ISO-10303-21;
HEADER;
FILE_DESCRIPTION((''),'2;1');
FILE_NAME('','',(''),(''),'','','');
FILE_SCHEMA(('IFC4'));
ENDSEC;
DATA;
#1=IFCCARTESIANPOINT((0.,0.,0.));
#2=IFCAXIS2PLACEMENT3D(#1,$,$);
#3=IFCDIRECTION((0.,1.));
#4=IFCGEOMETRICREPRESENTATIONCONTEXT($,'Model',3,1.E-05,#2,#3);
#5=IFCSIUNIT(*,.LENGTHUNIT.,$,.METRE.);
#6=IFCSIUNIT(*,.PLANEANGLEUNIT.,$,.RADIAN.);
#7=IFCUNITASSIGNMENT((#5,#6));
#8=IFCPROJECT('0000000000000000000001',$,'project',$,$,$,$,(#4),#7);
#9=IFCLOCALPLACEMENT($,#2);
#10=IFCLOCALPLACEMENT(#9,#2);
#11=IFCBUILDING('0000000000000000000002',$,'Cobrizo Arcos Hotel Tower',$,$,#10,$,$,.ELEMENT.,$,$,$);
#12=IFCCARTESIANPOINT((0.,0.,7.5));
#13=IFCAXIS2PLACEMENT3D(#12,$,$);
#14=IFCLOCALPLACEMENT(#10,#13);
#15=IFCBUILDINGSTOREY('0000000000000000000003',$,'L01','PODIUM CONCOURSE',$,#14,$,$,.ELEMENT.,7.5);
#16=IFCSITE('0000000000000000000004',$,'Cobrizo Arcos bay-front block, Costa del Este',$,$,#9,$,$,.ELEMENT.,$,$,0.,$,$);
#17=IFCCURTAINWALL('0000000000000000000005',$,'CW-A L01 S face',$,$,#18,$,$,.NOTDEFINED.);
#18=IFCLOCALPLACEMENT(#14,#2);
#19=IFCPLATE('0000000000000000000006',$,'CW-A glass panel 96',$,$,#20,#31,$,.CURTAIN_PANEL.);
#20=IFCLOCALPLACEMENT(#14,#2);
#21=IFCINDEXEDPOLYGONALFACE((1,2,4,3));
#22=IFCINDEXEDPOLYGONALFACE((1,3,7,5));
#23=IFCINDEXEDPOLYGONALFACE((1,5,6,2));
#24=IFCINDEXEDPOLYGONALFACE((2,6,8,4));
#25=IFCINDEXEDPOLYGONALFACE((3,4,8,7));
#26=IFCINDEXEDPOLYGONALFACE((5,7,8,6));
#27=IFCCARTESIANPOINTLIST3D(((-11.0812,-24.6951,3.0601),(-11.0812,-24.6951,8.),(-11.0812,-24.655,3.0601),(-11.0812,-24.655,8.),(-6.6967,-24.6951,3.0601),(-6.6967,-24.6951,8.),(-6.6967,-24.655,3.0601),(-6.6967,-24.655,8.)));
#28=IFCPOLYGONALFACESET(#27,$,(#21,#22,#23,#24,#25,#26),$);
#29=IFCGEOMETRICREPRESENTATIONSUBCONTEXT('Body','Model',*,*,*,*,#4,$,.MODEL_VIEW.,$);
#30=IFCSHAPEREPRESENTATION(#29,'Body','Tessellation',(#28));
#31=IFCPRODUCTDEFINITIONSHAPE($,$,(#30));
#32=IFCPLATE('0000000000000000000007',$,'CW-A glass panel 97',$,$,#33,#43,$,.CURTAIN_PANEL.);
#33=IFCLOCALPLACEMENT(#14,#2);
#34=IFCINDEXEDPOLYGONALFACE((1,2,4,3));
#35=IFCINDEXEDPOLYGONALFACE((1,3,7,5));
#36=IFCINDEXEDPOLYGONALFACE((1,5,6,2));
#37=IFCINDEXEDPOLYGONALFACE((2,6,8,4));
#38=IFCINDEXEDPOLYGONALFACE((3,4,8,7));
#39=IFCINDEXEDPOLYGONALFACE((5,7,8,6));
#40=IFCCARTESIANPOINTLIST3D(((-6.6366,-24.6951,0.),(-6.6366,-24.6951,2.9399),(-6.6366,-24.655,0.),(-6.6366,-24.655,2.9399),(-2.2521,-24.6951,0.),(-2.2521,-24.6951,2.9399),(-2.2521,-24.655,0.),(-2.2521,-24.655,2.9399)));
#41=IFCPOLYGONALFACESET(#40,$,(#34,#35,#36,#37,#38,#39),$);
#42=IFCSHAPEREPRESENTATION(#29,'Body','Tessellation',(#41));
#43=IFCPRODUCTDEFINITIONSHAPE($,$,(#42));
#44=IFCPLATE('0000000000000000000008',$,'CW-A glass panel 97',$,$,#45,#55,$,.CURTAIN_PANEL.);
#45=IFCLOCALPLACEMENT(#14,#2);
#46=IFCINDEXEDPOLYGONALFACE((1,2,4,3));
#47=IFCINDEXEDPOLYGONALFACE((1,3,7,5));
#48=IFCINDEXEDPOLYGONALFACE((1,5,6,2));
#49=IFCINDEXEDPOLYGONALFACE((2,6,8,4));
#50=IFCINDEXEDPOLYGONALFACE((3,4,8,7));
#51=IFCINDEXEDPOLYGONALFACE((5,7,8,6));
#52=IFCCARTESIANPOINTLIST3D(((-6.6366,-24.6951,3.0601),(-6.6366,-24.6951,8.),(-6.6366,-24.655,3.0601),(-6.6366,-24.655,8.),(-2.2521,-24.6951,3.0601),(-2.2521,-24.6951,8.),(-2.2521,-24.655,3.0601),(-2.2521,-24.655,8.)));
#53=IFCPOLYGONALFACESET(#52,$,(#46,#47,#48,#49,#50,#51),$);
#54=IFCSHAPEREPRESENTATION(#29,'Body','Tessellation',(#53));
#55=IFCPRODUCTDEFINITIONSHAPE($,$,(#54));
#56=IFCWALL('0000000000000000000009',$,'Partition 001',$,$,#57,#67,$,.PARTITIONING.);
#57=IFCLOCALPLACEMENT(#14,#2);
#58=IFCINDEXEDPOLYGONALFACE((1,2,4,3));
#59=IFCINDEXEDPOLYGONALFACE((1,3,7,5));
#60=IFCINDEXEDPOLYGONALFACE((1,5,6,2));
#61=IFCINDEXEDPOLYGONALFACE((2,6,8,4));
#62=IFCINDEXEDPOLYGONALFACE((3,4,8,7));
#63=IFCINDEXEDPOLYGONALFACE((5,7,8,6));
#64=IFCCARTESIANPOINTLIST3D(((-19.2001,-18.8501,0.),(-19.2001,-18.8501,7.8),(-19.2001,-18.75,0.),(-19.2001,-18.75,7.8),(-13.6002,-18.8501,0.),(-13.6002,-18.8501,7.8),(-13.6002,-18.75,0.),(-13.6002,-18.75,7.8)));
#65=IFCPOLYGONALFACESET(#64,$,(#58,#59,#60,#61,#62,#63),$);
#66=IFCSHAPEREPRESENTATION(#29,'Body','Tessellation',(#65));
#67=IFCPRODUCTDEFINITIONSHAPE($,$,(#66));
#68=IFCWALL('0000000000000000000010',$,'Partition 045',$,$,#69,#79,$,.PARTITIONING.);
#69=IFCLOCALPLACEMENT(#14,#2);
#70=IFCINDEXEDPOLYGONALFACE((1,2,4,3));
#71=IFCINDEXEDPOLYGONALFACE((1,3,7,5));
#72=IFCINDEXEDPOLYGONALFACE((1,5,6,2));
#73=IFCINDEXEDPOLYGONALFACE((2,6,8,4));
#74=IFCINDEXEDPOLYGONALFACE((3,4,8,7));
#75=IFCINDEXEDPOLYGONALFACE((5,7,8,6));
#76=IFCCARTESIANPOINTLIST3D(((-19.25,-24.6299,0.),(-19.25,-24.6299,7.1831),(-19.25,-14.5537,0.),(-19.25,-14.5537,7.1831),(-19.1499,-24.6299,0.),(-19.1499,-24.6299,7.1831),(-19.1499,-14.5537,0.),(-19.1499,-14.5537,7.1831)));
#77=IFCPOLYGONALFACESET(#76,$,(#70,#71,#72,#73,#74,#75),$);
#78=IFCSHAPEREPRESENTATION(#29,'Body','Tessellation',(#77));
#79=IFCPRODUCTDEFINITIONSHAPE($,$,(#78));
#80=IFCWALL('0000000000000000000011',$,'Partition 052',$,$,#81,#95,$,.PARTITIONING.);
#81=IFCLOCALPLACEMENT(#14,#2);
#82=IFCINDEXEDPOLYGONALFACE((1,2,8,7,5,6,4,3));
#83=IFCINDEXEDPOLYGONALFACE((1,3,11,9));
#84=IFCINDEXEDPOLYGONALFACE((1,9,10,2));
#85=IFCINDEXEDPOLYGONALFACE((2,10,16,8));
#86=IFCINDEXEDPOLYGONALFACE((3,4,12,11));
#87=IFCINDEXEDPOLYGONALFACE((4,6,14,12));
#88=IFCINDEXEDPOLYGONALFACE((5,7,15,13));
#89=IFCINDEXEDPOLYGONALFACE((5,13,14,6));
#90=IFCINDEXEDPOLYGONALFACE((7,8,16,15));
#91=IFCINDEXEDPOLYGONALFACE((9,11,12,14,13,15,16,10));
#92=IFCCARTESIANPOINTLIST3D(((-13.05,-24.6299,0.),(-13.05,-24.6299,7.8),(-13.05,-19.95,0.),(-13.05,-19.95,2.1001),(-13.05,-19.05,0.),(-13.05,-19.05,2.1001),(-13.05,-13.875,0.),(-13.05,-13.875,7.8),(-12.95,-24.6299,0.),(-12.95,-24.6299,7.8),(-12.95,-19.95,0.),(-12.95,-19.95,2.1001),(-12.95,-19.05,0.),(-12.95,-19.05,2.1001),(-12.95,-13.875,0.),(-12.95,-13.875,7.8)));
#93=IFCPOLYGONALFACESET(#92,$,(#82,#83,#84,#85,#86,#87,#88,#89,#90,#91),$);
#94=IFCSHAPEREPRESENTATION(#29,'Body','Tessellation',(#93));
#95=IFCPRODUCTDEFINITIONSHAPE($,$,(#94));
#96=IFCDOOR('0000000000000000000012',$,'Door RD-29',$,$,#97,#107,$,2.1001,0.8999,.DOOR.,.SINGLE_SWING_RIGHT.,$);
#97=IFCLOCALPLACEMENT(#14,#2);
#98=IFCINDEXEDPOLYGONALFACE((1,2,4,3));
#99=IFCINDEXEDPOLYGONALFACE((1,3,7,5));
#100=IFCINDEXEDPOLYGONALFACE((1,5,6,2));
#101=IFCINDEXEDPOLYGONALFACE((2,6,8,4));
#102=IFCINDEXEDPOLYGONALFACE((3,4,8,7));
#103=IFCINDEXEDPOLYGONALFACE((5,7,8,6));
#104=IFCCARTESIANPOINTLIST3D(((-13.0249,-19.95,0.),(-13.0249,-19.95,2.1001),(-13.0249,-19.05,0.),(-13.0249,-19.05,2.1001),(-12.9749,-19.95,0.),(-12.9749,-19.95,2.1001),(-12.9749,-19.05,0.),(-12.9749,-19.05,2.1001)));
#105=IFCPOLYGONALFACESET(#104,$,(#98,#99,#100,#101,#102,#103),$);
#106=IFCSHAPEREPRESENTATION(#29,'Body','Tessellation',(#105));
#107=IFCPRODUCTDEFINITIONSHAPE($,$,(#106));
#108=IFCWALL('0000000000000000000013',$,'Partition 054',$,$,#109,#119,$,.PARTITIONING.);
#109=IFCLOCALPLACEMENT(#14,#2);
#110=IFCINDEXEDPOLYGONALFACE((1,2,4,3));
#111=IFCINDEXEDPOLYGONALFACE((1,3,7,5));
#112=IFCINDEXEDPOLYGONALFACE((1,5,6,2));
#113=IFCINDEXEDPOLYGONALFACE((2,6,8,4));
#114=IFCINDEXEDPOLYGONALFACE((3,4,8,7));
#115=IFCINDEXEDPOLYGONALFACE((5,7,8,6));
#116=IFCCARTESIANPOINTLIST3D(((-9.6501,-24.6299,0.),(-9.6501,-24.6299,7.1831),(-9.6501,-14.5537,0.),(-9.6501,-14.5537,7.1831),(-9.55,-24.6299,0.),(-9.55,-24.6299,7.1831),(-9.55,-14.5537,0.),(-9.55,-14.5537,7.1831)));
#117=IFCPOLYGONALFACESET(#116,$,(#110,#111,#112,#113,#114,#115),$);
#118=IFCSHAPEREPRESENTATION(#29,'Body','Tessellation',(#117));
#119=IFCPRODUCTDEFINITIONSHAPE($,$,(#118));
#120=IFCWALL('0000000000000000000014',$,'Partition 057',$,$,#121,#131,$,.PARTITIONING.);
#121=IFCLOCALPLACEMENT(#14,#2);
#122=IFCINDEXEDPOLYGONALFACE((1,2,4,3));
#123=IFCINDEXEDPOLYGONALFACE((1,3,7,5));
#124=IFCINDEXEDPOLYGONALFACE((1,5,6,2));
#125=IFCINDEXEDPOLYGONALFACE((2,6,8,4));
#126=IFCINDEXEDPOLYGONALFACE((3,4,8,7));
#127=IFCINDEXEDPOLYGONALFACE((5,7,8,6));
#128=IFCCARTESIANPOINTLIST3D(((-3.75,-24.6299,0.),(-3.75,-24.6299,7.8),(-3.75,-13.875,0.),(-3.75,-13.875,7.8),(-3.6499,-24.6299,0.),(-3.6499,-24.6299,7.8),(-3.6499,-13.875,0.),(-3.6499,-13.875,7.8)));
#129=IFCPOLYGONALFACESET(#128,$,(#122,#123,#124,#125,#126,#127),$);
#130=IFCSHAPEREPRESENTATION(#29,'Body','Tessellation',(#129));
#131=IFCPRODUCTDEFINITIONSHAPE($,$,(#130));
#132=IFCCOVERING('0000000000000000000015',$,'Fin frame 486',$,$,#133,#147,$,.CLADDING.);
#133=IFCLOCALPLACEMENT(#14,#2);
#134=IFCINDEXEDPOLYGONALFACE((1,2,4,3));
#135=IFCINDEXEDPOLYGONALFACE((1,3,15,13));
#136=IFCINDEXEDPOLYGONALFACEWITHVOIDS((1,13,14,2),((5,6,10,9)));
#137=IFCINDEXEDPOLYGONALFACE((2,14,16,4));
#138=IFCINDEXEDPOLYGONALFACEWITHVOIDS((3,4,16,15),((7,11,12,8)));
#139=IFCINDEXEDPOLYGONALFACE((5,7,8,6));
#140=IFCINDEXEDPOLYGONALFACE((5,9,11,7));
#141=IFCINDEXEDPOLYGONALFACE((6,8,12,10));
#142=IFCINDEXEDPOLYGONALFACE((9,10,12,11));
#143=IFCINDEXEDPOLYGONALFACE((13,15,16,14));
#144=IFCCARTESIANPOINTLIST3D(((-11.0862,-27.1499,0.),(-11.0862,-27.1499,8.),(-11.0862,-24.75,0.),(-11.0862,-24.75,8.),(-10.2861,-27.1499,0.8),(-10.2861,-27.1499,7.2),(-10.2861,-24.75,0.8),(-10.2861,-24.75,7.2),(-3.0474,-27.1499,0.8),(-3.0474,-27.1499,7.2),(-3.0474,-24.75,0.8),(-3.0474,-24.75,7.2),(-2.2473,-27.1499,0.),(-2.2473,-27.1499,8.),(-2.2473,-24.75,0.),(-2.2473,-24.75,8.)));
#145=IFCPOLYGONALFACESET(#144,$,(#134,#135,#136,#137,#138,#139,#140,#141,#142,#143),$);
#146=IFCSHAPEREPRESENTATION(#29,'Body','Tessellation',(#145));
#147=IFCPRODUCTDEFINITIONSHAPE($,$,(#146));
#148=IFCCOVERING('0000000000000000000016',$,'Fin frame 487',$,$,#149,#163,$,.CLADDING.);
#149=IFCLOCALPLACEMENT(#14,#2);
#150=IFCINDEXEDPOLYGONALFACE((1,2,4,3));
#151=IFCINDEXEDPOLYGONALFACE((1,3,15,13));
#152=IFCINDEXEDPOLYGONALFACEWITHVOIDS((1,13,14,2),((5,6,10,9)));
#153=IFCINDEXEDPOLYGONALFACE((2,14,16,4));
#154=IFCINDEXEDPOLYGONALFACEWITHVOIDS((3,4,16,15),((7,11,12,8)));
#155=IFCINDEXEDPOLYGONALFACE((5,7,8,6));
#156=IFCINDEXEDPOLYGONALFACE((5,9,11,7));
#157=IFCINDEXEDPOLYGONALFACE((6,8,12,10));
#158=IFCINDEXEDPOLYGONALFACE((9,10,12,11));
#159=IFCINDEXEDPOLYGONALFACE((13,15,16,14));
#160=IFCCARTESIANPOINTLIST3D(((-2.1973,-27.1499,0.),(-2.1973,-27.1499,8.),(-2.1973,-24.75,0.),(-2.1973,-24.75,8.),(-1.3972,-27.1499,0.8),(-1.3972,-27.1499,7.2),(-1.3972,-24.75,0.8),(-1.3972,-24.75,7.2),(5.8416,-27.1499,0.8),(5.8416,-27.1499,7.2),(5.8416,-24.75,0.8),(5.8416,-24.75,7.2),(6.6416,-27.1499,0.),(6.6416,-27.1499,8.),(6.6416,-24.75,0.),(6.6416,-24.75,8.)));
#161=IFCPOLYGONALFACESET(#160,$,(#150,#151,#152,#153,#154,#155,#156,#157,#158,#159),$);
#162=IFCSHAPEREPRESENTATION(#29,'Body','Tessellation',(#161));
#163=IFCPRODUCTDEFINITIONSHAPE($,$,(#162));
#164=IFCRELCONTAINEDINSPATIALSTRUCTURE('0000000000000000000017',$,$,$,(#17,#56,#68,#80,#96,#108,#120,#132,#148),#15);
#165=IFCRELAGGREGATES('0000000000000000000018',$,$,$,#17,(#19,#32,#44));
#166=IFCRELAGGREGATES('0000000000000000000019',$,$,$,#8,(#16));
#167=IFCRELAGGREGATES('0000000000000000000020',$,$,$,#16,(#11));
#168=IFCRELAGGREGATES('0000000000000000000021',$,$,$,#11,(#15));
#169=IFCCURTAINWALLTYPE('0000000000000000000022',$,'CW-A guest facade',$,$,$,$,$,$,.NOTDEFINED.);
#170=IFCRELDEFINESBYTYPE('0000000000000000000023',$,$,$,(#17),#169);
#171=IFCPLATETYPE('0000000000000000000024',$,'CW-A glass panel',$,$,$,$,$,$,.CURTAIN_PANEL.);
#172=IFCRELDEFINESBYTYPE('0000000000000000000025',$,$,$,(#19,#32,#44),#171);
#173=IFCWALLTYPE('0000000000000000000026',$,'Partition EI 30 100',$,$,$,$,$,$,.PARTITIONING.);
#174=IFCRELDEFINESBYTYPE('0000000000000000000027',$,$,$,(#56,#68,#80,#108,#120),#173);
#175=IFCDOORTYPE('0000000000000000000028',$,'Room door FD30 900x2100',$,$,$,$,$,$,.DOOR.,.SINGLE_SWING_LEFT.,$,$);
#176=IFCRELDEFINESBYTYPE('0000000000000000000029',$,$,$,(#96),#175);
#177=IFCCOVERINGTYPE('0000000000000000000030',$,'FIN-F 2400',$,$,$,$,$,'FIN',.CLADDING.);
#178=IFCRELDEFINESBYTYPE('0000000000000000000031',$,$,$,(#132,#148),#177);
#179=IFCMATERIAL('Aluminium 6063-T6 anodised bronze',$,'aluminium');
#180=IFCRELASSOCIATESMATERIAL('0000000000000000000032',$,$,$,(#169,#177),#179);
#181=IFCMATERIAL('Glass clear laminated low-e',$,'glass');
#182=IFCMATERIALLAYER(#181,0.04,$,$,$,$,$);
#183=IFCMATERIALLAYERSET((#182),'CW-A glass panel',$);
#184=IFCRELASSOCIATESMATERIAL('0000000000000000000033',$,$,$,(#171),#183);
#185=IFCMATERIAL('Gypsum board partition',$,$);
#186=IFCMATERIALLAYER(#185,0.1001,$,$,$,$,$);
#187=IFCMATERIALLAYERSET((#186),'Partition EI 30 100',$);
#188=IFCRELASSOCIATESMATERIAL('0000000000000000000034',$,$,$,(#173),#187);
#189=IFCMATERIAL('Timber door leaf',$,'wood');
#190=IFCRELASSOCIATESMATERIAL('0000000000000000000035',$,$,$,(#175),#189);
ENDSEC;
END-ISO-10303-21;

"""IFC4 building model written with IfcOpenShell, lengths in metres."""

from ifc_helpers import new_model, si_unit, direction, frame, frame_2d, origin, origin_2d, place, context, subcontext, project, spatial, polyline, rectangle, outline, extrude, material, layer, layer_set, type_object, element, fill, aggregate, save


model = new_model("IFC4")

# Units and contexts
model_context = context("Model", 3, precision=1e-05, world=origin(), true_north=direction((0.0, 1.0)))
body_context = subcontext(model_context, "Body", "Model", "MODEL_VIEW")
ifc_project = project(units=[si_unit("LENGTHUNIT", "METRE"), si_unit("PLANEANGLEUNIT", "RADIAN")], contexts=[model_context])

# Site, building, storey
site_placement = place(None, origin())
site = spatial("IfcSite", under=ifc_project, at=site_placement, Name="Cobrizo Arcos bay-front block, Costa del Este", CompositionType="ELEMENT", RefElevation=0.0)
building_placement = place(site_placement, origin())
building = spatial("IfcBuilding", under=site, at=building_placement, Name="Cobrizo Arcos Hotel Tower", CompositionType="ELEMENT")
storey_placement = place(building_placement, frame((0.0, 0.0, 7.5)))
storey = spatial("IfcBuildingStorey", under=building, at=storey_placement, Name="L01", Description="PODIUM CONCOURSE", CompositionType="ELEMENT", Elevation=7.5)

# Curtain wall
ifc_material_1 = material(Name="Aluminium 6063-T6 anodised bronze", Category="aluminium")
curtain_wall_type = type_object("IfcCurtainWallType", Name="CW-A guest facade", PredefinedType="NOTDEFINED", material=ifc_material_1)
curtain_wall_placement = place(storey_placement, origin())
curtain_wall = element("IfcCurtainWall", 1, at=curtain_wall_placement, inside=storey, type_object=curtain_wall_type, Name="CW-A L01 S face", PredefinedType="NOTDEFINED")

# Plates
ifc_material_2 = material(Name="Glass clear laminated low-e", Category="glass")
ifc_layer_1 = layer(ifc_material_2, 0.04)
ifc_layer_set_1 = layer_set([ifc_layer_1], Name="CW-A glass panel")
plate_type = type_object("IfcPlateType", Name="CW-A glass panel", PredefinedType="CURTAIN_PANEL", material=ifc_layer_set_1)
plate_1_placement = place(storey_placement, frame((-8.8889, -24.675, 3.0601), z_axis=(0.0, 0.0, 1.0), x_axis=(1.0, 0.0, 0.0)))
plate_1 = element("IfcPlate", 2, at=plate_1_placement, type_object=plate_type, Name="CW-A glass panel 96", PredefinedType="CURTAIN_PANEL", context=body_context, shape_type="SweptSolid", body=[
    extrude(rectangle(XDim=4.3845, YDim=0.04, at=origin_2d()), origin(), (0.0, 0.0, 1.0), 4.9399),
])
plate_2_placement = place(storey_placement, frame((-4.4443, -24.675, 0.0), z_axis=(0.0, 0.0, 1.0), x_axis=(1.0, 0.0, 0.0)))
plate_2 = element("IfcPlate", 3, at=plate_2_placement, type_object=plate_type, Name="CW-A glass panel 97", PredefinedType="CURTAIN_PANEL", context=body_context, shape_type="SweptSolid", body=[
    extrude(rectangle(XDim=4.3845, YDim=0.04, at=origin_2d()), origin(), (0.0, 0.0, 1.0), 2.9399),
])
plate_3_placement = place(storey_placement, frame((-4.4443, -24.675, 3.0601), z_axis=(0.0, 0.0, 1.0), x_axis=(1.0, 0.0, 0.0)))
plate_3 = element("IfcPlate", 4, at=plate_3_placement, type_object=plate_type, Name="CW-A glass panel 97", PredefinedType="CURTAIN_PANEL", context=body_context, shape_type="SweptSolid", body=[
    extrude(rectangle(XDim=4.3845, YDim=0.04, at=origin_2d()), origin(), (0.0, 0.0, 1.0), 4.9399),
])
aggregate(curtain_wall, [plate_1, plate_2, plate_3])

# Walls
ifc_material_3 = material(Name="Gypsum board partition")
ifc_layer_2 = layer(ifc_material_3, 0.1001)
ifc_layer_set_2 = layer_set([ifc_layer_2], Name="Partition EI 30 100")
wall_type = type_object("IfcWallType", Name="Partition EI 30 100", PredefinedType="PARTITIONING", material=ifc_layer_set_2)
wall_1_placement = place(storey_placement, frame((-19.2, -18.8, 0.0), z_axis=(0.0, 0.0, 1.0), x_axis=(1.0, 0.0, 0.0)))
element("IfcWall", 5, at=wall_1_placement, inside=storey, type_object=wall_type, Name="Partition 001", PredefinedType="PARTITIONING", context=body_context, shape_type="SweptSolid", body=[
    extrude(rectangle(XDim=5.5999, YDim=0.1001, at=frame_2d((2.7998, 0.0))), origin(), (0.0, 0.0, 1.0), 7.8),
])
wall_2_placement = place(storey_placement, frame((-19.2, -24.6299, 0.0), z_axis=(0.0, 0.0, 1.0), x_axis=(0.0, 1.0, 0.0)))
element("IfcWall", 6, at=wall_2_placement, inside=storey, type_object=wall_type, Name="Partition 045", PredefinedType="PARTITIONING", context=body_context, shape_type="SweptSolid", body=[
    extrude(rectangle(XDim=10.0762, YDim=0.1001, at=frame_2d((5.0381, 0.0))), origin(), (0.0, 0.0, 1.0), 7.1831),
])

# Wall, opening, door
wall_3_placement = place(storey_placement, frame((-13.0, -24.6299, 0.0), z_axis=(0.0, 0.0, 1.0), x_axis=(0.0, 1.0, 0.0)))
wall_3 = element("IfcWall", 7, at=wall_3_placement, inside=storey, type_object=wall_type, Name="Partition 052", PredefinedType="PARTITIONING", context=body_context, shape_type="SweptSolid", body=[
    extrude(rectangle(XDim=10.7549, YDim=0.1001, at=frame_2d((5.3774, 0.0))), origin(), (0.0, 0.0, 1.0), 7.8),
])
opening_placement = place(wall_3_placement, frame((4.6799, 0.0, 0.0)))
opening = element("IfcOpeningElement", 8, at=opening_placement, cuts=wall_3, PredefinedType="OPENING", context=body_context, shape_type="SweptSolid", body=[
    extrude(rectangle(XDim=0.8999, YDim=2.1001, at=frame_2d((0.45, 1.05))), frame((0.0, 0.062, 0.0), z_axis=(0.0, -1.0, 0.0), x_axis=(1.0, 0.0, 0.0)), (0.0, 0.0, 1.0), 0.124),
])
ifc_material_4 = material(Name="Timber door leaf", Category="wood")
door_type = type_object("IfcDoorType", Name="Room door FD30 900x2100", OperationType="SINGLE_SWING_LEFT", PredefinedType="DOOR", material=ifc_material_4)
door_placement = place(opening_placement, origin())
door = element("IfcDoor", 9, at=door_placement, inside=storey, type_object=door_type, Name="Door RD-29", OperationType="SINGLE_SWING_RIGHT", OverallHeight=2.1001, OverallWidth=0.8999, PredefinedType="DOOR", context=body_context, shape_type="SweptSolid", body=[
    extrude(rectangle(XDim=0.8999, YDim=2.1001, at=frame_2d((0.45, 1.05))), frame((0.0, 0.0249, 0.0), z_axis=(0.0, -1.0, 0.0), x_axis=(1.0, 0.0, 0.0)), (0.0, 0.0, 1.0), 0.05),
])
fill(opening, door)

# Walls
wall_4_placement = place(storey_placement, frame((-9.6001, -24.6299, 0.0), z_axis=(0.0, 0.0, 1.0), x_axis=(0.0, 1.0, 0.0)))
element("IfcWall", 10, at=wall_4_placement, inside=storey, type_object=wall_type, Name="Partition 054", PredefinedType="PARTITIONING", context=body_context, shape_type="SweptSolid", body=[
    extrude(rectangle(XDim=10.0762, YDim=0.1001, at=frame_2d((5.0381, 0.0))), origin(), (0.0, 0.0, 1.0), 7.1831),
])
wall_5_placement = place(storey_placement, frame((-3.7, -24.6299, 0.0), z_axis=(0.0, 0.0, 1.0), x_axis=(0.0, 1.0, 0.0)))
element("IfcWall", 11, at=wall_5_placement, inside=storey, type_object=wall_type, Name="Partition 057", PredefinedType="PARTITIONING", context=body_context, shape_type="SweptSolid", body=[
    extrude(rectangle(XDim=10.7549, YDim=0.1001, at=frame_2d((5.3774, 0.0))), origin(), (0.0, 0.0, 1.0), 7.8),
])

# Coverings
covering_type = type_object("IfcCoveringType", Name="FIN-F 2400", ElementType="FIN", PredefinedType="CLADDING", material=ifc_material_1)
for number, where, z_axis, x_axis, name in (
    (12, (-11.0862, -24.75, 0.0), (0.0, -1.0, 0.0), (1.0, 0.0, 0.0), "Fin frame 486"),
    (13, (-2.1973, -24.75, 0.0), (0.0, -1.0, 0.0), (1.0, 0.0, 0.0), "Fin frame 487"),
):
    element("IfcCovering", number, at=place(storey_placement, frame(where, z_axis=z_axis, x_axis=x_axis)), inside=storey, type_object=covering_type, Name=name, PredefinedType="CLADDING", context=body_context, shape_type="SweptSolid", body=[
        extrude(outline(polyline([(0.0, 8.0), (0.0, 0.0), (8.8389, 0.0), (8.8389, 8.0), (0.0, 8.0)]), holes=[polyline([(8.0388, 0.8), (0.8, 0.8), (0.8, 7.2), (8.0388, 7.2), (8.0388, 0.8)])]), origin(), (0.0, 0.0, 1.0), 2.3999),
    ])

save(model, "model.ifc")
